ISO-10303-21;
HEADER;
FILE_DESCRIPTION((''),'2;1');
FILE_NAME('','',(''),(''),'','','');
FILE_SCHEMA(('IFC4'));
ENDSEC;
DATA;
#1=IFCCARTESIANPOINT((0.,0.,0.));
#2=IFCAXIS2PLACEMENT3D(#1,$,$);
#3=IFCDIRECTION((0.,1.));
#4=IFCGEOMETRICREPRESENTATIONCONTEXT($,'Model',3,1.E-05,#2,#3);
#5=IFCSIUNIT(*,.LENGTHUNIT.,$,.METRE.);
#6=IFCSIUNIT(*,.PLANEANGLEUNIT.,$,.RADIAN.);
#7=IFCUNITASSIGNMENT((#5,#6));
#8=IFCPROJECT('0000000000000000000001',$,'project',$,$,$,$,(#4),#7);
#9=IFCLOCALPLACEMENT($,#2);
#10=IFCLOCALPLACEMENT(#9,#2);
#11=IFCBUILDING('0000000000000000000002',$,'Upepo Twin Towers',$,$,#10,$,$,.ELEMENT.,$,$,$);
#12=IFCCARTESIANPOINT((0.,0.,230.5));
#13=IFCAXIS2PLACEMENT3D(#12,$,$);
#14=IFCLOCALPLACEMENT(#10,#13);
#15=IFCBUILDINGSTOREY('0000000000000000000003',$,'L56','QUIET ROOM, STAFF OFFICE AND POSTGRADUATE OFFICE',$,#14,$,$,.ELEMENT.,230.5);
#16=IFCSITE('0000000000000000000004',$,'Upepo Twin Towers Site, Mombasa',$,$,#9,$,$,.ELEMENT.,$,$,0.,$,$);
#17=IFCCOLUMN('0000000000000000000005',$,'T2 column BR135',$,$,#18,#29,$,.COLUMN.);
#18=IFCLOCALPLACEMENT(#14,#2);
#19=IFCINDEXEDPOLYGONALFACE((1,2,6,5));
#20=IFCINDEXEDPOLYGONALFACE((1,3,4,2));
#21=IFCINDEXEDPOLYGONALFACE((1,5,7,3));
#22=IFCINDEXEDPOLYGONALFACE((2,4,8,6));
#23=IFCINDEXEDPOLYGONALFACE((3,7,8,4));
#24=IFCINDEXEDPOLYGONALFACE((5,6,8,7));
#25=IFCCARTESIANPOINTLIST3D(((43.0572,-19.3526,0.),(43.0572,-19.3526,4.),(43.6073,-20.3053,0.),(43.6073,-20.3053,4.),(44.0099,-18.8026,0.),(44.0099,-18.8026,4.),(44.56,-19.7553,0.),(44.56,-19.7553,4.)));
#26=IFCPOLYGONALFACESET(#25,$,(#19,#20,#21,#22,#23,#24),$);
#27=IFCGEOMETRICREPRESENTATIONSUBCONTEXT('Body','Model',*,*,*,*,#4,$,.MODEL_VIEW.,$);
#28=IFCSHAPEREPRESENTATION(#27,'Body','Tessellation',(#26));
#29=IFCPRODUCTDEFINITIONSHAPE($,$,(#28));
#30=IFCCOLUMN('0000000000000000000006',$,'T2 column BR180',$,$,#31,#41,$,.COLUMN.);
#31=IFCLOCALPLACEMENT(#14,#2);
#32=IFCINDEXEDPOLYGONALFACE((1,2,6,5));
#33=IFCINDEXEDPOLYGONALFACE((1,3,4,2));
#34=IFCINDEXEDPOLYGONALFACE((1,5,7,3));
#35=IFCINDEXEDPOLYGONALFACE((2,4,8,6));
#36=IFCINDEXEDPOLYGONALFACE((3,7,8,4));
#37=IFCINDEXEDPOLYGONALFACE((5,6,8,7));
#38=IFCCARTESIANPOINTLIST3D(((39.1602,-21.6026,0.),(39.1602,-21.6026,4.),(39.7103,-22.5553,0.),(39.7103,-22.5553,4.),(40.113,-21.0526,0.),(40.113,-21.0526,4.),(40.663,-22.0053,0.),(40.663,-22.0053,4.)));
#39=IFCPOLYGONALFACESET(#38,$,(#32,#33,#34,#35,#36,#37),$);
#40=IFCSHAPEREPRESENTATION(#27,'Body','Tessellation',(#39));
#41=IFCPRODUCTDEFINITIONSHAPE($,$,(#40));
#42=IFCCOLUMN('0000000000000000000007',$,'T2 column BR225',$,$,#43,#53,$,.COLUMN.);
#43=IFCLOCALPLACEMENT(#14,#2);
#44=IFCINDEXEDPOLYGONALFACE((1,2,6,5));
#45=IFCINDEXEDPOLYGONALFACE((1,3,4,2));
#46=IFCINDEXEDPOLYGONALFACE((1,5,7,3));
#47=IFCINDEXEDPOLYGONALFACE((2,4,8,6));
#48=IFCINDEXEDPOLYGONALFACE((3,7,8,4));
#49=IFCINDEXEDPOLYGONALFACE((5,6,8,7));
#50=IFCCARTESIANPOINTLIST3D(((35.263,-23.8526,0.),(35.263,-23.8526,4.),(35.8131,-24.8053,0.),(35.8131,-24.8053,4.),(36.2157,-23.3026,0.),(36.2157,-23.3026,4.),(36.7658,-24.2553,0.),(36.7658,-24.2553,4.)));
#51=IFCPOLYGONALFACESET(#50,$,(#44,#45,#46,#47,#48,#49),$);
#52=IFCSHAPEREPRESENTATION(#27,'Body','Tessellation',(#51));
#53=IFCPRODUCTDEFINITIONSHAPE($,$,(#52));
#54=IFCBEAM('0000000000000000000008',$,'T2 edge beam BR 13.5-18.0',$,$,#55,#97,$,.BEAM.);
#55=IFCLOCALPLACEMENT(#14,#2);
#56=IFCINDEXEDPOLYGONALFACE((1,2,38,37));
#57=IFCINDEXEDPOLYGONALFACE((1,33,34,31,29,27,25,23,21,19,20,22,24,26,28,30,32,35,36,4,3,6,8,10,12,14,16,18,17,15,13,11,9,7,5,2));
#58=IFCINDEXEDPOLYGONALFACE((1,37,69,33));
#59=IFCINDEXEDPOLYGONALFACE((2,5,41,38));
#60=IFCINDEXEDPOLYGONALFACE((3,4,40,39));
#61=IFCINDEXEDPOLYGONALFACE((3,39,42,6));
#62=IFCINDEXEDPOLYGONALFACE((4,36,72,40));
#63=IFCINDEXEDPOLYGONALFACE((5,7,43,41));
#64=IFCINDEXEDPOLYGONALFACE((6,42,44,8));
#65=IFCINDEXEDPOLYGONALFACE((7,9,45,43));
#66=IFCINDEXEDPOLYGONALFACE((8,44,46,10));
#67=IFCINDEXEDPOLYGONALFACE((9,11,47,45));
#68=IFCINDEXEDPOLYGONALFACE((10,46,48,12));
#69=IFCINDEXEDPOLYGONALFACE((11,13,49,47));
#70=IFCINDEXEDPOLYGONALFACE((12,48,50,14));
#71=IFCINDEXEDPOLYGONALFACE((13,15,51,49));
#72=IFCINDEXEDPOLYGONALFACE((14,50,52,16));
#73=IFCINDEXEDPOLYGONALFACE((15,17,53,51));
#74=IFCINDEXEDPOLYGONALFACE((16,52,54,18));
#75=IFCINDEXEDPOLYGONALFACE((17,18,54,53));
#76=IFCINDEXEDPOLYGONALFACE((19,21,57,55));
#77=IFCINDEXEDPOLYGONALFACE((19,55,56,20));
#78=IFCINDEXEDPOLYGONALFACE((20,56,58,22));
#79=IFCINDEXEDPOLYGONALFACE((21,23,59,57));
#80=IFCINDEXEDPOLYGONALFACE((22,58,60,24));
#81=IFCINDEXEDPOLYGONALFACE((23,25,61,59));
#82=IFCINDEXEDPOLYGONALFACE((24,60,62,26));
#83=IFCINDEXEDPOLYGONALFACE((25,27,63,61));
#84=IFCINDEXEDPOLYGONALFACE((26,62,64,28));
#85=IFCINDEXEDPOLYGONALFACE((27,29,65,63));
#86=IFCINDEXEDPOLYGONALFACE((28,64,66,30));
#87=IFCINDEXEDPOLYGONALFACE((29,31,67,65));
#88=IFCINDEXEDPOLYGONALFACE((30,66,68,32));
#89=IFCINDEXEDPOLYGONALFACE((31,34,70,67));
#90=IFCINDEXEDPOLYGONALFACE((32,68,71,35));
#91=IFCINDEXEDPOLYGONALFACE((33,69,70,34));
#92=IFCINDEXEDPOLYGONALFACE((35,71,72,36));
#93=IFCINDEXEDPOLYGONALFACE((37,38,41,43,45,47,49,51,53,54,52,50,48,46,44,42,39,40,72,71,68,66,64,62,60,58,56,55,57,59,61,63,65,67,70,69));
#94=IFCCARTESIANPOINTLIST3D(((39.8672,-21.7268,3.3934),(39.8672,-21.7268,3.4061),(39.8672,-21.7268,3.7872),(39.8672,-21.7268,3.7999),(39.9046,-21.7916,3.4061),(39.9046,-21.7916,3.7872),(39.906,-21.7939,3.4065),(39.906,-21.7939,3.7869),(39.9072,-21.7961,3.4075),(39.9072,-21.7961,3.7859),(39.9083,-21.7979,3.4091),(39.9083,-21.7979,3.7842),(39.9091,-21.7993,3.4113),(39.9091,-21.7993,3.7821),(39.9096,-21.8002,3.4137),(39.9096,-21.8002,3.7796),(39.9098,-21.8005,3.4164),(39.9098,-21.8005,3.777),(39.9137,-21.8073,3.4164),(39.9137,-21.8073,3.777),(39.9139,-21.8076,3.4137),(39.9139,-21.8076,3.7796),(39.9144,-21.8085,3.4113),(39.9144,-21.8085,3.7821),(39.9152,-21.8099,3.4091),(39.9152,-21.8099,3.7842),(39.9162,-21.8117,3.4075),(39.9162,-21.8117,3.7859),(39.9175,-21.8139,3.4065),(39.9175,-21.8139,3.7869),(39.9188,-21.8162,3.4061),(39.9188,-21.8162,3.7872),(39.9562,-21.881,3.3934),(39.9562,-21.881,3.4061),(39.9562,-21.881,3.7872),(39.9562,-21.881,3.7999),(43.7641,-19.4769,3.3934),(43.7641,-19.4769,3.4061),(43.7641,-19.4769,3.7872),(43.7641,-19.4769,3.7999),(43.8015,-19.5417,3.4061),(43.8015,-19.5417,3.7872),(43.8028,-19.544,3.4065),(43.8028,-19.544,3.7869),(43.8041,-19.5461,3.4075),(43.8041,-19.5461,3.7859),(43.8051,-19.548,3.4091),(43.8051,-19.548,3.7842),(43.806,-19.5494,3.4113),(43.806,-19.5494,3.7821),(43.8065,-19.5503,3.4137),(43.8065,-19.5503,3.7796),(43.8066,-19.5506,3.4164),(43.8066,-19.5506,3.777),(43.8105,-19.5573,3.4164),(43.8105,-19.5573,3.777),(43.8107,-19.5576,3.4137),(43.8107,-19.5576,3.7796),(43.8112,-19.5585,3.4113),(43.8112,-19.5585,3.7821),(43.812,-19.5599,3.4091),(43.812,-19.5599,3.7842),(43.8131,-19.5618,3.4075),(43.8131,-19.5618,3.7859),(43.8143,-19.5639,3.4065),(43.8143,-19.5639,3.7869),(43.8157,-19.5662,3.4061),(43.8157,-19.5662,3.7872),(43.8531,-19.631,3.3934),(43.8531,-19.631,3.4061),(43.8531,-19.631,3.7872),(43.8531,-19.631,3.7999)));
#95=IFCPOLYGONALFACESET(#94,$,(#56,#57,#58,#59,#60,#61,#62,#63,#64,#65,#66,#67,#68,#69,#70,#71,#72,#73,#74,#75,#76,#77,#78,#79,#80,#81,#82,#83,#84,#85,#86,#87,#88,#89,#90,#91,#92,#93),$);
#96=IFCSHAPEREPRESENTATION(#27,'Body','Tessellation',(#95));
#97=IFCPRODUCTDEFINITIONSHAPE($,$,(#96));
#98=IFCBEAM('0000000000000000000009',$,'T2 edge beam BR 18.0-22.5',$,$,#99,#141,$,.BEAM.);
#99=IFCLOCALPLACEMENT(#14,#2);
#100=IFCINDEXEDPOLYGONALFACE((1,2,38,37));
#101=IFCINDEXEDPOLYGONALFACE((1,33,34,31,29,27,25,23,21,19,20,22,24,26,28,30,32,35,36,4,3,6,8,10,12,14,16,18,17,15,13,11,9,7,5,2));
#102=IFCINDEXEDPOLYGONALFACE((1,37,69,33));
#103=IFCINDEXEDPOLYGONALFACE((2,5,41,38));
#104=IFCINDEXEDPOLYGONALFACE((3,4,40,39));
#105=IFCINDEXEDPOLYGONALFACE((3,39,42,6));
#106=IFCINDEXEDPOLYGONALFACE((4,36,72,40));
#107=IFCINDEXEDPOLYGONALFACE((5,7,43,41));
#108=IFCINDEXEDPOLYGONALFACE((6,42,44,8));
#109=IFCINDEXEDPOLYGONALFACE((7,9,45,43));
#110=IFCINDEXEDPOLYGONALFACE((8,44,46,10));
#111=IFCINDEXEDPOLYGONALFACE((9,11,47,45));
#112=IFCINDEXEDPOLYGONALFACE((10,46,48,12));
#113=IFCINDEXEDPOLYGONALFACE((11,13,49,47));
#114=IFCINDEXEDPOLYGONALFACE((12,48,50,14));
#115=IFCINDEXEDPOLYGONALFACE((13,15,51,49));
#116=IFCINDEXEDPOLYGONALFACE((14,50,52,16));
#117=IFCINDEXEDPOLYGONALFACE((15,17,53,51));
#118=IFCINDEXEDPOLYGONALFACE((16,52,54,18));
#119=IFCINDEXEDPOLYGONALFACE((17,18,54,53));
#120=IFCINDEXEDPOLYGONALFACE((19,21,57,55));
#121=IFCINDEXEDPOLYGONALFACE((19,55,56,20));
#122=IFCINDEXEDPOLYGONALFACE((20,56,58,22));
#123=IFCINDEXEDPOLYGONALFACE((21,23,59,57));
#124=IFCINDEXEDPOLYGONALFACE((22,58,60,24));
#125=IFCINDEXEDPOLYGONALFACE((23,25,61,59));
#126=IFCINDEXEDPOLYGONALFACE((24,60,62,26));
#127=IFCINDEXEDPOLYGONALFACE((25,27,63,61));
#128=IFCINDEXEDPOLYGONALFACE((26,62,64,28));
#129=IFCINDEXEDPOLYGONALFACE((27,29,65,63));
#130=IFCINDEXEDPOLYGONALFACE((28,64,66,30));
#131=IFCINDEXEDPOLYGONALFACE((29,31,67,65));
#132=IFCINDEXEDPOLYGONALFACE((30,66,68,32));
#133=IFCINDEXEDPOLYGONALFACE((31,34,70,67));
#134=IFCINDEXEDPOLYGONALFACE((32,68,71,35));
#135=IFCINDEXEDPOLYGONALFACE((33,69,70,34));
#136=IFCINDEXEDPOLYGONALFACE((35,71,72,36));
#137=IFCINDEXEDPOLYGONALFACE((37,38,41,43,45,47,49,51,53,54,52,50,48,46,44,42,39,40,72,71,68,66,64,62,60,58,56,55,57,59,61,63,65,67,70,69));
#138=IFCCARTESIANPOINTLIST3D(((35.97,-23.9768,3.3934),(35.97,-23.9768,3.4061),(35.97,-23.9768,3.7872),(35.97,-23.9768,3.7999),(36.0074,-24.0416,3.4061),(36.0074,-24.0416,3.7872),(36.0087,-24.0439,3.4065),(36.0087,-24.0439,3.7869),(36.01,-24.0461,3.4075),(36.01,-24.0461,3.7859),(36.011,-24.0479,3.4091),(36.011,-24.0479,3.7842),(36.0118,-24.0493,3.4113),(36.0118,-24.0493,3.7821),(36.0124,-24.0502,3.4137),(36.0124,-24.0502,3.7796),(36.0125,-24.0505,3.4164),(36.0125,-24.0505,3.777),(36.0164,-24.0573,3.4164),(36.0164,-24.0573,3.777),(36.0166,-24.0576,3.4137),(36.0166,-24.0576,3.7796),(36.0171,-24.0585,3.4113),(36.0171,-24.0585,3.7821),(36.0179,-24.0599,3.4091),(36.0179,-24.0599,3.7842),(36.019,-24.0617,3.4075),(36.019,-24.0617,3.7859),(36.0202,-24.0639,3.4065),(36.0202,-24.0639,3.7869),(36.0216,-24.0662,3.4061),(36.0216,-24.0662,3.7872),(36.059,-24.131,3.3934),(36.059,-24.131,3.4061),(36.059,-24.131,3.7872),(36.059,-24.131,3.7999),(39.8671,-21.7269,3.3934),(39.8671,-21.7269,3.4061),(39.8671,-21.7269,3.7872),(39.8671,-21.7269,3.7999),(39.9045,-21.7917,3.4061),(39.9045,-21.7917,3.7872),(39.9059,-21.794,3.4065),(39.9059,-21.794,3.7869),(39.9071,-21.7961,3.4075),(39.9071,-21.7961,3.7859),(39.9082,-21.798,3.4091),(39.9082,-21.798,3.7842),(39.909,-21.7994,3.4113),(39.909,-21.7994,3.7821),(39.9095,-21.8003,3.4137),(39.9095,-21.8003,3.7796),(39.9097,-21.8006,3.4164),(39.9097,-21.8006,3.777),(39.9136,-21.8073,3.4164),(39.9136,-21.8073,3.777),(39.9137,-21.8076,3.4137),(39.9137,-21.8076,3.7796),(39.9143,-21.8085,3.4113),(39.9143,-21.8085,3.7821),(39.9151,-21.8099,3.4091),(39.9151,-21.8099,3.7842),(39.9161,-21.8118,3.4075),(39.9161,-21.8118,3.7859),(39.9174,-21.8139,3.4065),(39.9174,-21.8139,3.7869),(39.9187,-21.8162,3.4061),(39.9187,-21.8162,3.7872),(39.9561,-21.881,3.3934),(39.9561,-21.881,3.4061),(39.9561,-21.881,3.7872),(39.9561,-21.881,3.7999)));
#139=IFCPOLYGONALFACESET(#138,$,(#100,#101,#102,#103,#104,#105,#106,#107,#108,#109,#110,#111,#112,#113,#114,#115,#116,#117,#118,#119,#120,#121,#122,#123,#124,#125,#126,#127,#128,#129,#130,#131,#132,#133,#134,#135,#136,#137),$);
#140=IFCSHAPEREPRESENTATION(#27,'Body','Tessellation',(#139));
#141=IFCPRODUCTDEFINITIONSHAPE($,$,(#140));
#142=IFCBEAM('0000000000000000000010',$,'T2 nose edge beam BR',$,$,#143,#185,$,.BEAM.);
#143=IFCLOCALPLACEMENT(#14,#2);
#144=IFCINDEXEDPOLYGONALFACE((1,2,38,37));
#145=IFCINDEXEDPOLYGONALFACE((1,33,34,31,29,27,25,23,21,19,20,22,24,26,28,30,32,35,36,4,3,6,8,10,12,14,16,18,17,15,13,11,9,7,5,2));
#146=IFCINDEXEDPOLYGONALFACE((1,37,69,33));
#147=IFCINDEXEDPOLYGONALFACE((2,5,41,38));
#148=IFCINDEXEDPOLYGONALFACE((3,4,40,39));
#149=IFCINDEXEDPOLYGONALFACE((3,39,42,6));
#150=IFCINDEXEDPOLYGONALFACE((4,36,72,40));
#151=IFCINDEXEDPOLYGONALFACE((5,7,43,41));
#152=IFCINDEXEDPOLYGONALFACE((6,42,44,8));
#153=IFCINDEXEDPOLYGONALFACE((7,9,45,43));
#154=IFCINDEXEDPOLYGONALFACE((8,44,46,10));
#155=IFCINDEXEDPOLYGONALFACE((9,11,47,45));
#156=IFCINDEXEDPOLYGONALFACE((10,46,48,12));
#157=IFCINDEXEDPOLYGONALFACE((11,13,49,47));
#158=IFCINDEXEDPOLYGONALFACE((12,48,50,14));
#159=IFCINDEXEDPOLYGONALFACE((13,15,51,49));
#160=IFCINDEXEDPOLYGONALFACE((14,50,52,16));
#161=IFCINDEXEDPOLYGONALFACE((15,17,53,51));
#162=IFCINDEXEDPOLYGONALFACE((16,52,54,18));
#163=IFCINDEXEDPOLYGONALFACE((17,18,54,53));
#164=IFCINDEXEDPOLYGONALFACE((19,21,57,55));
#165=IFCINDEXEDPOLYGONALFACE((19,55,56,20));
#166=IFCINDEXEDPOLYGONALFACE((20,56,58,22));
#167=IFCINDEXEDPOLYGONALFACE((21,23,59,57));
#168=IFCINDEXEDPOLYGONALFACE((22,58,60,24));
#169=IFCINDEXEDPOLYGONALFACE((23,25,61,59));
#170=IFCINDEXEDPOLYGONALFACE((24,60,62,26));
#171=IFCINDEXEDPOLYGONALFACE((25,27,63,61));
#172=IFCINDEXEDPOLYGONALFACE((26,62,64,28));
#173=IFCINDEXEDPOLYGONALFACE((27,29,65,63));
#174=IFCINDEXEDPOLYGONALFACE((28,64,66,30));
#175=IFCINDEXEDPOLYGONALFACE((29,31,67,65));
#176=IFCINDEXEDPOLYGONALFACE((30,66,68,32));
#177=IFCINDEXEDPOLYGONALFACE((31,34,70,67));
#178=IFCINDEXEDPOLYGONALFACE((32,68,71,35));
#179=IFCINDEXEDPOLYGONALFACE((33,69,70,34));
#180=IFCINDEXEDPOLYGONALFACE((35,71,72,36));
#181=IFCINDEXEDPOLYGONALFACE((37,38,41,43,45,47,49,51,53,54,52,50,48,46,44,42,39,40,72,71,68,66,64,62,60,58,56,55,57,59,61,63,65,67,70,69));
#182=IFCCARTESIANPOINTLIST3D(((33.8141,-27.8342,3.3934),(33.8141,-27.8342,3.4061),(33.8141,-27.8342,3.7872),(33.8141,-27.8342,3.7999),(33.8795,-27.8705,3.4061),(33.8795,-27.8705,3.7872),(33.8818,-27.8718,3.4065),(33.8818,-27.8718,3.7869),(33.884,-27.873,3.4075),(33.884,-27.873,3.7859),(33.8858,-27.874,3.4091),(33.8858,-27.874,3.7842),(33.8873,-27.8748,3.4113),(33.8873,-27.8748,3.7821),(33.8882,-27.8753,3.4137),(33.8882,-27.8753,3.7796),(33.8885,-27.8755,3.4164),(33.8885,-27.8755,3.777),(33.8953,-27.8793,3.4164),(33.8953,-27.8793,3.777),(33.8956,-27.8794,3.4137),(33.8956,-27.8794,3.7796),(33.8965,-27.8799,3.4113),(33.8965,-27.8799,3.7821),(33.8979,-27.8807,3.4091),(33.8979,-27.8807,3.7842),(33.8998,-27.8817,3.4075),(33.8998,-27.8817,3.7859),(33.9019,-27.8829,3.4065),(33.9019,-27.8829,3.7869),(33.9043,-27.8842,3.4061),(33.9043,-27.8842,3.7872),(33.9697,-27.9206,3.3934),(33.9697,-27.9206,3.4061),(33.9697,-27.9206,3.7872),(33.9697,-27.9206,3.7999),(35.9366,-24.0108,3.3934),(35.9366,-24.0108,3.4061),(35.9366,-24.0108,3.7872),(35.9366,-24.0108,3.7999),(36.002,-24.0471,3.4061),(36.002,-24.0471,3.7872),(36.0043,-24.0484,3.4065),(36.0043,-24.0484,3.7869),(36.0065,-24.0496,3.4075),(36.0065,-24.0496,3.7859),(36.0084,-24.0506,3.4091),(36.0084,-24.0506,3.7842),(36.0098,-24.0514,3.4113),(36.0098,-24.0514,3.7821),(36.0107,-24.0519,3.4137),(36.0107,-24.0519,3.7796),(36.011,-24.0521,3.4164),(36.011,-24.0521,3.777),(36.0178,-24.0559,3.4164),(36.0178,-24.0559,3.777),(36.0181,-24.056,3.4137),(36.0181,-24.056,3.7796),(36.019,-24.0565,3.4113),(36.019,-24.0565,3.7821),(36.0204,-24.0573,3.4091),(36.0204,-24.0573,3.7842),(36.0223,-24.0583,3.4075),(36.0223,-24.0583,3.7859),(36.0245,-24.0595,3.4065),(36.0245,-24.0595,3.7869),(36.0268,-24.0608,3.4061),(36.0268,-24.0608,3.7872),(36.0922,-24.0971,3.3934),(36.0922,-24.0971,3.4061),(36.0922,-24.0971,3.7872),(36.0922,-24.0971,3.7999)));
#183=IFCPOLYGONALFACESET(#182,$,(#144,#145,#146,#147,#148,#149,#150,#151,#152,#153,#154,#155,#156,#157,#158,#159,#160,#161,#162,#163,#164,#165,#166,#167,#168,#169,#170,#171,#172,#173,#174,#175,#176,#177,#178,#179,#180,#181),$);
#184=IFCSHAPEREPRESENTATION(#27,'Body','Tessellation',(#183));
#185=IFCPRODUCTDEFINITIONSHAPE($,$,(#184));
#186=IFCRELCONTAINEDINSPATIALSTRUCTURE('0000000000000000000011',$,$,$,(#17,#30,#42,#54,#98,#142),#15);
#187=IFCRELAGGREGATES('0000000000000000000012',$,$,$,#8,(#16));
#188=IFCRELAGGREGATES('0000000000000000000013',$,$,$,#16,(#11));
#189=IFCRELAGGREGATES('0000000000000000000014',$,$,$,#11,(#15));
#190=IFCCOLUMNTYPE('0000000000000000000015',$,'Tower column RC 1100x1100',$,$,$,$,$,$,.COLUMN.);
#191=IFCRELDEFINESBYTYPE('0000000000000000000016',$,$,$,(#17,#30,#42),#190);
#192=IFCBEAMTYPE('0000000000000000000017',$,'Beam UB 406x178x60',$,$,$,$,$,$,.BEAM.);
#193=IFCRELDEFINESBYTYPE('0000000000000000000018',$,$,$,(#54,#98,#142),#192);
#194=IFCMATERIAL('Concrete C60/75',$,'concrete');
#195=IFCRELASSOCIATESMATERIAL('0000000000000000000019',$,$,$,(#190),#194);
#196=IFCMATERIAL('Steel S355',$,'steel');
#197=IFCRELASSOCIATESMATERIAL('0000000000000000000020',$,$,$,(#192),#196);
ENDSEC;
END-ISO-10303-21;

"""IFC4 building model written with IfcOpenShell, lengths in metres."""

from ifc_helpers import new_model, si_unit, direction, frame, origin, origin_2d, place, context, subcontext, project, spatial, rectangle, i_section, extrude, material, material_profile, profile_set, type_object, element, save


model = new_model("IFC4")

# Units and contexts
model_context = context("Model", 3, precision=1e-05, world=origin(), true_north=direction((0.0, 1.0)))
body_context = subcontext(model_context, "Body", "Model", "MODEL_VIEW")
ifc_project = project(units=[si_unit("LENGTHUNIT", "METRE"), si_unit("PLANEANGLEUNIT", "RADIAN")], contexts=[model_context])

# Site, building, storey
site_placement = place(None, origin())
site = spatial("IfcSite", under=ifc_project, at=site_placement, Name="Upepo Twin Towers Site, Mombasa", CompositionType="ELEMENT", RefElevation=0.0)
building_placement = place(site_placement, origin())
building = spatial("IfcBuilding", under=site, at=building_placement, Name="Upepo Twin Towers", CompositionType="ELEMENT")
storey_placement = place(building_placement, frame((0.0, 0.0, 230.5)))
storey = spatial("IfcBuildingStorey", under=building, at=storey_placement, Name="L56", Description="QUIET ROOM, STAFF OFFICE AND POSTGRADUATE OFFICE", CompositionType="ELEMENT", Elevation=230.5)

# Columns
ifc_material_1 = material(Name="Concrete C60/75", Category="concrete")
ifc_material_profile_1 = material_profile(ifc_material_1, rectangle(XDim=1.1001, YDim=1.1001, at=origin_2d()), Name="RC 1100x1100")
ifc_profile_set_1 = profile_set([ifc_material_profile_1], Name="Concrete C60/75")
column_type = type_object("IfcColumnType", Name="Tower column RC 1100x1100", PredefinedType="COLUMN", material=ifc_profile_set_1)
for number, where, z_axis, x_axis, name in (
    (1, (43.8086, -19.554, 0.0), (0.0, 0.0, 1.0), (0.866025, 0.5, 0.0), "T2 column BR135"),
    (2, (39.9116, -21.804, 0.0), (0.0, 0.0, 1.0), (0.866025, 0.5, 0.0), "T2 column BR180"),
    (3, (36.0144, -24.054, 0.0), (0.0, 0.0, 1.0), (0.866025, 0.5, 0.0), "T2 column BR225"),
):
    element("IfcColumn", number, at=place(storey_placement, frame(where, z_axis=z_axis, x_axis=x_axis)), inside=storey, type_object=column_type, Name=name, PredefinedType="COLUMN", context=body_context, shape_type="SweptSolid", body=[
        extrude(rectangle(XDim=1.1001, YDim=1.1001, at=origin_2d()), origin(), (0.0, 0.0, 1.0), 4.0),
    ])

# Beams
ifc_material_2 = material(Name="Steel S355", Category="steel")
ifc_material_profile_2 = material_profile(ifc_material_2, i_section(OverallWidth=0.178, OverallDepth=0.4065, WebThickness=0.0078, FlangeThickness=0.0127, FilletRadius=0.0103, at=origin_2d()), Name="UB 406x178x60")
ifc_profile_set_2 = profile_set([ifc_material_profile_2], Name="Steel S355")
beam_type_1 = type_object("IfcBeamType", Name="Beam UB 406x178x60", PredefinedType="BEAM", material=ifc_profile_set_2)
beam_1_placement = place(storey_placement, frame((43.8086, -19.554, 3.5967), z_axis=(-0.866018, -0.500014, 0.0), x_axis=(0.500014, -0.866018, 0.0)))
element("IfcBeam", 4, at=beam_1_placement, inside=storey, type_object=beam_type_1, Name="T2 edge beam BR 13.5-18.0", PredefinedType="BEAM", context=body_context, shape_type="SweptSolid", body=[
    extrude(i_section(OverallWidth=0.178, OverallDepth=0.4065, WebThickness=0.0078, FlangeThickness=0.0127, FilletRadius=0.0103, at=origin_2d()), origin(), (0.0, 0.0, 1.0), 4.4998),
])
beam_2_placement = place(storey_placement, frame((39.9116, -21.804, 3.5967), z_axis=(-0.866031, -0.49999, 0.0), x_axis=(0.49999, -0.866031, 0.0)))
element("IfcBeam", 5, at=beam_2_placement, inside=storey, type_object=beam_type_1, Name="T2 edge beam BR 18.0-22.5", PredefinedType="BEAM", context=body_context, shape_type="SweptSolid", body=[
    extrude(i_section(OverallWidth=0.178, OverallDepth=0.4065, WebThickness=0.0078, FlangeThickness=0.0127, FilletRadius=0.0103, at=origin_2d()), origin(), (0.0, 0.0, 1.0), 4.5),
])
beam_3_placement = place(storey_placement, frame((36.0144, -24.054, 3.5967), z_axis=(-0.485363, -0.874313, 0.0), x_axis=(0.874313, -0.485363, 0.0)))
element("IfcBeam", 6, at=beam_3_placement, inside=storey, type_object=beam_type_1, Name="T2 nose edge beam BR", PredefinedType="BEAM", context=body_context, shape_type="SweptSolid", body=[
    extrude(i_section(OverallWidth=0.178, OverallDepth=0.4065, WebThickness=0.0078, FlangeThickness=0.0127, FilletRadius=0.0103, at=origin_2d()), origin(), (0.0, 0.0, 1.0), 4.373),
])

save(model, "model.ifc")
